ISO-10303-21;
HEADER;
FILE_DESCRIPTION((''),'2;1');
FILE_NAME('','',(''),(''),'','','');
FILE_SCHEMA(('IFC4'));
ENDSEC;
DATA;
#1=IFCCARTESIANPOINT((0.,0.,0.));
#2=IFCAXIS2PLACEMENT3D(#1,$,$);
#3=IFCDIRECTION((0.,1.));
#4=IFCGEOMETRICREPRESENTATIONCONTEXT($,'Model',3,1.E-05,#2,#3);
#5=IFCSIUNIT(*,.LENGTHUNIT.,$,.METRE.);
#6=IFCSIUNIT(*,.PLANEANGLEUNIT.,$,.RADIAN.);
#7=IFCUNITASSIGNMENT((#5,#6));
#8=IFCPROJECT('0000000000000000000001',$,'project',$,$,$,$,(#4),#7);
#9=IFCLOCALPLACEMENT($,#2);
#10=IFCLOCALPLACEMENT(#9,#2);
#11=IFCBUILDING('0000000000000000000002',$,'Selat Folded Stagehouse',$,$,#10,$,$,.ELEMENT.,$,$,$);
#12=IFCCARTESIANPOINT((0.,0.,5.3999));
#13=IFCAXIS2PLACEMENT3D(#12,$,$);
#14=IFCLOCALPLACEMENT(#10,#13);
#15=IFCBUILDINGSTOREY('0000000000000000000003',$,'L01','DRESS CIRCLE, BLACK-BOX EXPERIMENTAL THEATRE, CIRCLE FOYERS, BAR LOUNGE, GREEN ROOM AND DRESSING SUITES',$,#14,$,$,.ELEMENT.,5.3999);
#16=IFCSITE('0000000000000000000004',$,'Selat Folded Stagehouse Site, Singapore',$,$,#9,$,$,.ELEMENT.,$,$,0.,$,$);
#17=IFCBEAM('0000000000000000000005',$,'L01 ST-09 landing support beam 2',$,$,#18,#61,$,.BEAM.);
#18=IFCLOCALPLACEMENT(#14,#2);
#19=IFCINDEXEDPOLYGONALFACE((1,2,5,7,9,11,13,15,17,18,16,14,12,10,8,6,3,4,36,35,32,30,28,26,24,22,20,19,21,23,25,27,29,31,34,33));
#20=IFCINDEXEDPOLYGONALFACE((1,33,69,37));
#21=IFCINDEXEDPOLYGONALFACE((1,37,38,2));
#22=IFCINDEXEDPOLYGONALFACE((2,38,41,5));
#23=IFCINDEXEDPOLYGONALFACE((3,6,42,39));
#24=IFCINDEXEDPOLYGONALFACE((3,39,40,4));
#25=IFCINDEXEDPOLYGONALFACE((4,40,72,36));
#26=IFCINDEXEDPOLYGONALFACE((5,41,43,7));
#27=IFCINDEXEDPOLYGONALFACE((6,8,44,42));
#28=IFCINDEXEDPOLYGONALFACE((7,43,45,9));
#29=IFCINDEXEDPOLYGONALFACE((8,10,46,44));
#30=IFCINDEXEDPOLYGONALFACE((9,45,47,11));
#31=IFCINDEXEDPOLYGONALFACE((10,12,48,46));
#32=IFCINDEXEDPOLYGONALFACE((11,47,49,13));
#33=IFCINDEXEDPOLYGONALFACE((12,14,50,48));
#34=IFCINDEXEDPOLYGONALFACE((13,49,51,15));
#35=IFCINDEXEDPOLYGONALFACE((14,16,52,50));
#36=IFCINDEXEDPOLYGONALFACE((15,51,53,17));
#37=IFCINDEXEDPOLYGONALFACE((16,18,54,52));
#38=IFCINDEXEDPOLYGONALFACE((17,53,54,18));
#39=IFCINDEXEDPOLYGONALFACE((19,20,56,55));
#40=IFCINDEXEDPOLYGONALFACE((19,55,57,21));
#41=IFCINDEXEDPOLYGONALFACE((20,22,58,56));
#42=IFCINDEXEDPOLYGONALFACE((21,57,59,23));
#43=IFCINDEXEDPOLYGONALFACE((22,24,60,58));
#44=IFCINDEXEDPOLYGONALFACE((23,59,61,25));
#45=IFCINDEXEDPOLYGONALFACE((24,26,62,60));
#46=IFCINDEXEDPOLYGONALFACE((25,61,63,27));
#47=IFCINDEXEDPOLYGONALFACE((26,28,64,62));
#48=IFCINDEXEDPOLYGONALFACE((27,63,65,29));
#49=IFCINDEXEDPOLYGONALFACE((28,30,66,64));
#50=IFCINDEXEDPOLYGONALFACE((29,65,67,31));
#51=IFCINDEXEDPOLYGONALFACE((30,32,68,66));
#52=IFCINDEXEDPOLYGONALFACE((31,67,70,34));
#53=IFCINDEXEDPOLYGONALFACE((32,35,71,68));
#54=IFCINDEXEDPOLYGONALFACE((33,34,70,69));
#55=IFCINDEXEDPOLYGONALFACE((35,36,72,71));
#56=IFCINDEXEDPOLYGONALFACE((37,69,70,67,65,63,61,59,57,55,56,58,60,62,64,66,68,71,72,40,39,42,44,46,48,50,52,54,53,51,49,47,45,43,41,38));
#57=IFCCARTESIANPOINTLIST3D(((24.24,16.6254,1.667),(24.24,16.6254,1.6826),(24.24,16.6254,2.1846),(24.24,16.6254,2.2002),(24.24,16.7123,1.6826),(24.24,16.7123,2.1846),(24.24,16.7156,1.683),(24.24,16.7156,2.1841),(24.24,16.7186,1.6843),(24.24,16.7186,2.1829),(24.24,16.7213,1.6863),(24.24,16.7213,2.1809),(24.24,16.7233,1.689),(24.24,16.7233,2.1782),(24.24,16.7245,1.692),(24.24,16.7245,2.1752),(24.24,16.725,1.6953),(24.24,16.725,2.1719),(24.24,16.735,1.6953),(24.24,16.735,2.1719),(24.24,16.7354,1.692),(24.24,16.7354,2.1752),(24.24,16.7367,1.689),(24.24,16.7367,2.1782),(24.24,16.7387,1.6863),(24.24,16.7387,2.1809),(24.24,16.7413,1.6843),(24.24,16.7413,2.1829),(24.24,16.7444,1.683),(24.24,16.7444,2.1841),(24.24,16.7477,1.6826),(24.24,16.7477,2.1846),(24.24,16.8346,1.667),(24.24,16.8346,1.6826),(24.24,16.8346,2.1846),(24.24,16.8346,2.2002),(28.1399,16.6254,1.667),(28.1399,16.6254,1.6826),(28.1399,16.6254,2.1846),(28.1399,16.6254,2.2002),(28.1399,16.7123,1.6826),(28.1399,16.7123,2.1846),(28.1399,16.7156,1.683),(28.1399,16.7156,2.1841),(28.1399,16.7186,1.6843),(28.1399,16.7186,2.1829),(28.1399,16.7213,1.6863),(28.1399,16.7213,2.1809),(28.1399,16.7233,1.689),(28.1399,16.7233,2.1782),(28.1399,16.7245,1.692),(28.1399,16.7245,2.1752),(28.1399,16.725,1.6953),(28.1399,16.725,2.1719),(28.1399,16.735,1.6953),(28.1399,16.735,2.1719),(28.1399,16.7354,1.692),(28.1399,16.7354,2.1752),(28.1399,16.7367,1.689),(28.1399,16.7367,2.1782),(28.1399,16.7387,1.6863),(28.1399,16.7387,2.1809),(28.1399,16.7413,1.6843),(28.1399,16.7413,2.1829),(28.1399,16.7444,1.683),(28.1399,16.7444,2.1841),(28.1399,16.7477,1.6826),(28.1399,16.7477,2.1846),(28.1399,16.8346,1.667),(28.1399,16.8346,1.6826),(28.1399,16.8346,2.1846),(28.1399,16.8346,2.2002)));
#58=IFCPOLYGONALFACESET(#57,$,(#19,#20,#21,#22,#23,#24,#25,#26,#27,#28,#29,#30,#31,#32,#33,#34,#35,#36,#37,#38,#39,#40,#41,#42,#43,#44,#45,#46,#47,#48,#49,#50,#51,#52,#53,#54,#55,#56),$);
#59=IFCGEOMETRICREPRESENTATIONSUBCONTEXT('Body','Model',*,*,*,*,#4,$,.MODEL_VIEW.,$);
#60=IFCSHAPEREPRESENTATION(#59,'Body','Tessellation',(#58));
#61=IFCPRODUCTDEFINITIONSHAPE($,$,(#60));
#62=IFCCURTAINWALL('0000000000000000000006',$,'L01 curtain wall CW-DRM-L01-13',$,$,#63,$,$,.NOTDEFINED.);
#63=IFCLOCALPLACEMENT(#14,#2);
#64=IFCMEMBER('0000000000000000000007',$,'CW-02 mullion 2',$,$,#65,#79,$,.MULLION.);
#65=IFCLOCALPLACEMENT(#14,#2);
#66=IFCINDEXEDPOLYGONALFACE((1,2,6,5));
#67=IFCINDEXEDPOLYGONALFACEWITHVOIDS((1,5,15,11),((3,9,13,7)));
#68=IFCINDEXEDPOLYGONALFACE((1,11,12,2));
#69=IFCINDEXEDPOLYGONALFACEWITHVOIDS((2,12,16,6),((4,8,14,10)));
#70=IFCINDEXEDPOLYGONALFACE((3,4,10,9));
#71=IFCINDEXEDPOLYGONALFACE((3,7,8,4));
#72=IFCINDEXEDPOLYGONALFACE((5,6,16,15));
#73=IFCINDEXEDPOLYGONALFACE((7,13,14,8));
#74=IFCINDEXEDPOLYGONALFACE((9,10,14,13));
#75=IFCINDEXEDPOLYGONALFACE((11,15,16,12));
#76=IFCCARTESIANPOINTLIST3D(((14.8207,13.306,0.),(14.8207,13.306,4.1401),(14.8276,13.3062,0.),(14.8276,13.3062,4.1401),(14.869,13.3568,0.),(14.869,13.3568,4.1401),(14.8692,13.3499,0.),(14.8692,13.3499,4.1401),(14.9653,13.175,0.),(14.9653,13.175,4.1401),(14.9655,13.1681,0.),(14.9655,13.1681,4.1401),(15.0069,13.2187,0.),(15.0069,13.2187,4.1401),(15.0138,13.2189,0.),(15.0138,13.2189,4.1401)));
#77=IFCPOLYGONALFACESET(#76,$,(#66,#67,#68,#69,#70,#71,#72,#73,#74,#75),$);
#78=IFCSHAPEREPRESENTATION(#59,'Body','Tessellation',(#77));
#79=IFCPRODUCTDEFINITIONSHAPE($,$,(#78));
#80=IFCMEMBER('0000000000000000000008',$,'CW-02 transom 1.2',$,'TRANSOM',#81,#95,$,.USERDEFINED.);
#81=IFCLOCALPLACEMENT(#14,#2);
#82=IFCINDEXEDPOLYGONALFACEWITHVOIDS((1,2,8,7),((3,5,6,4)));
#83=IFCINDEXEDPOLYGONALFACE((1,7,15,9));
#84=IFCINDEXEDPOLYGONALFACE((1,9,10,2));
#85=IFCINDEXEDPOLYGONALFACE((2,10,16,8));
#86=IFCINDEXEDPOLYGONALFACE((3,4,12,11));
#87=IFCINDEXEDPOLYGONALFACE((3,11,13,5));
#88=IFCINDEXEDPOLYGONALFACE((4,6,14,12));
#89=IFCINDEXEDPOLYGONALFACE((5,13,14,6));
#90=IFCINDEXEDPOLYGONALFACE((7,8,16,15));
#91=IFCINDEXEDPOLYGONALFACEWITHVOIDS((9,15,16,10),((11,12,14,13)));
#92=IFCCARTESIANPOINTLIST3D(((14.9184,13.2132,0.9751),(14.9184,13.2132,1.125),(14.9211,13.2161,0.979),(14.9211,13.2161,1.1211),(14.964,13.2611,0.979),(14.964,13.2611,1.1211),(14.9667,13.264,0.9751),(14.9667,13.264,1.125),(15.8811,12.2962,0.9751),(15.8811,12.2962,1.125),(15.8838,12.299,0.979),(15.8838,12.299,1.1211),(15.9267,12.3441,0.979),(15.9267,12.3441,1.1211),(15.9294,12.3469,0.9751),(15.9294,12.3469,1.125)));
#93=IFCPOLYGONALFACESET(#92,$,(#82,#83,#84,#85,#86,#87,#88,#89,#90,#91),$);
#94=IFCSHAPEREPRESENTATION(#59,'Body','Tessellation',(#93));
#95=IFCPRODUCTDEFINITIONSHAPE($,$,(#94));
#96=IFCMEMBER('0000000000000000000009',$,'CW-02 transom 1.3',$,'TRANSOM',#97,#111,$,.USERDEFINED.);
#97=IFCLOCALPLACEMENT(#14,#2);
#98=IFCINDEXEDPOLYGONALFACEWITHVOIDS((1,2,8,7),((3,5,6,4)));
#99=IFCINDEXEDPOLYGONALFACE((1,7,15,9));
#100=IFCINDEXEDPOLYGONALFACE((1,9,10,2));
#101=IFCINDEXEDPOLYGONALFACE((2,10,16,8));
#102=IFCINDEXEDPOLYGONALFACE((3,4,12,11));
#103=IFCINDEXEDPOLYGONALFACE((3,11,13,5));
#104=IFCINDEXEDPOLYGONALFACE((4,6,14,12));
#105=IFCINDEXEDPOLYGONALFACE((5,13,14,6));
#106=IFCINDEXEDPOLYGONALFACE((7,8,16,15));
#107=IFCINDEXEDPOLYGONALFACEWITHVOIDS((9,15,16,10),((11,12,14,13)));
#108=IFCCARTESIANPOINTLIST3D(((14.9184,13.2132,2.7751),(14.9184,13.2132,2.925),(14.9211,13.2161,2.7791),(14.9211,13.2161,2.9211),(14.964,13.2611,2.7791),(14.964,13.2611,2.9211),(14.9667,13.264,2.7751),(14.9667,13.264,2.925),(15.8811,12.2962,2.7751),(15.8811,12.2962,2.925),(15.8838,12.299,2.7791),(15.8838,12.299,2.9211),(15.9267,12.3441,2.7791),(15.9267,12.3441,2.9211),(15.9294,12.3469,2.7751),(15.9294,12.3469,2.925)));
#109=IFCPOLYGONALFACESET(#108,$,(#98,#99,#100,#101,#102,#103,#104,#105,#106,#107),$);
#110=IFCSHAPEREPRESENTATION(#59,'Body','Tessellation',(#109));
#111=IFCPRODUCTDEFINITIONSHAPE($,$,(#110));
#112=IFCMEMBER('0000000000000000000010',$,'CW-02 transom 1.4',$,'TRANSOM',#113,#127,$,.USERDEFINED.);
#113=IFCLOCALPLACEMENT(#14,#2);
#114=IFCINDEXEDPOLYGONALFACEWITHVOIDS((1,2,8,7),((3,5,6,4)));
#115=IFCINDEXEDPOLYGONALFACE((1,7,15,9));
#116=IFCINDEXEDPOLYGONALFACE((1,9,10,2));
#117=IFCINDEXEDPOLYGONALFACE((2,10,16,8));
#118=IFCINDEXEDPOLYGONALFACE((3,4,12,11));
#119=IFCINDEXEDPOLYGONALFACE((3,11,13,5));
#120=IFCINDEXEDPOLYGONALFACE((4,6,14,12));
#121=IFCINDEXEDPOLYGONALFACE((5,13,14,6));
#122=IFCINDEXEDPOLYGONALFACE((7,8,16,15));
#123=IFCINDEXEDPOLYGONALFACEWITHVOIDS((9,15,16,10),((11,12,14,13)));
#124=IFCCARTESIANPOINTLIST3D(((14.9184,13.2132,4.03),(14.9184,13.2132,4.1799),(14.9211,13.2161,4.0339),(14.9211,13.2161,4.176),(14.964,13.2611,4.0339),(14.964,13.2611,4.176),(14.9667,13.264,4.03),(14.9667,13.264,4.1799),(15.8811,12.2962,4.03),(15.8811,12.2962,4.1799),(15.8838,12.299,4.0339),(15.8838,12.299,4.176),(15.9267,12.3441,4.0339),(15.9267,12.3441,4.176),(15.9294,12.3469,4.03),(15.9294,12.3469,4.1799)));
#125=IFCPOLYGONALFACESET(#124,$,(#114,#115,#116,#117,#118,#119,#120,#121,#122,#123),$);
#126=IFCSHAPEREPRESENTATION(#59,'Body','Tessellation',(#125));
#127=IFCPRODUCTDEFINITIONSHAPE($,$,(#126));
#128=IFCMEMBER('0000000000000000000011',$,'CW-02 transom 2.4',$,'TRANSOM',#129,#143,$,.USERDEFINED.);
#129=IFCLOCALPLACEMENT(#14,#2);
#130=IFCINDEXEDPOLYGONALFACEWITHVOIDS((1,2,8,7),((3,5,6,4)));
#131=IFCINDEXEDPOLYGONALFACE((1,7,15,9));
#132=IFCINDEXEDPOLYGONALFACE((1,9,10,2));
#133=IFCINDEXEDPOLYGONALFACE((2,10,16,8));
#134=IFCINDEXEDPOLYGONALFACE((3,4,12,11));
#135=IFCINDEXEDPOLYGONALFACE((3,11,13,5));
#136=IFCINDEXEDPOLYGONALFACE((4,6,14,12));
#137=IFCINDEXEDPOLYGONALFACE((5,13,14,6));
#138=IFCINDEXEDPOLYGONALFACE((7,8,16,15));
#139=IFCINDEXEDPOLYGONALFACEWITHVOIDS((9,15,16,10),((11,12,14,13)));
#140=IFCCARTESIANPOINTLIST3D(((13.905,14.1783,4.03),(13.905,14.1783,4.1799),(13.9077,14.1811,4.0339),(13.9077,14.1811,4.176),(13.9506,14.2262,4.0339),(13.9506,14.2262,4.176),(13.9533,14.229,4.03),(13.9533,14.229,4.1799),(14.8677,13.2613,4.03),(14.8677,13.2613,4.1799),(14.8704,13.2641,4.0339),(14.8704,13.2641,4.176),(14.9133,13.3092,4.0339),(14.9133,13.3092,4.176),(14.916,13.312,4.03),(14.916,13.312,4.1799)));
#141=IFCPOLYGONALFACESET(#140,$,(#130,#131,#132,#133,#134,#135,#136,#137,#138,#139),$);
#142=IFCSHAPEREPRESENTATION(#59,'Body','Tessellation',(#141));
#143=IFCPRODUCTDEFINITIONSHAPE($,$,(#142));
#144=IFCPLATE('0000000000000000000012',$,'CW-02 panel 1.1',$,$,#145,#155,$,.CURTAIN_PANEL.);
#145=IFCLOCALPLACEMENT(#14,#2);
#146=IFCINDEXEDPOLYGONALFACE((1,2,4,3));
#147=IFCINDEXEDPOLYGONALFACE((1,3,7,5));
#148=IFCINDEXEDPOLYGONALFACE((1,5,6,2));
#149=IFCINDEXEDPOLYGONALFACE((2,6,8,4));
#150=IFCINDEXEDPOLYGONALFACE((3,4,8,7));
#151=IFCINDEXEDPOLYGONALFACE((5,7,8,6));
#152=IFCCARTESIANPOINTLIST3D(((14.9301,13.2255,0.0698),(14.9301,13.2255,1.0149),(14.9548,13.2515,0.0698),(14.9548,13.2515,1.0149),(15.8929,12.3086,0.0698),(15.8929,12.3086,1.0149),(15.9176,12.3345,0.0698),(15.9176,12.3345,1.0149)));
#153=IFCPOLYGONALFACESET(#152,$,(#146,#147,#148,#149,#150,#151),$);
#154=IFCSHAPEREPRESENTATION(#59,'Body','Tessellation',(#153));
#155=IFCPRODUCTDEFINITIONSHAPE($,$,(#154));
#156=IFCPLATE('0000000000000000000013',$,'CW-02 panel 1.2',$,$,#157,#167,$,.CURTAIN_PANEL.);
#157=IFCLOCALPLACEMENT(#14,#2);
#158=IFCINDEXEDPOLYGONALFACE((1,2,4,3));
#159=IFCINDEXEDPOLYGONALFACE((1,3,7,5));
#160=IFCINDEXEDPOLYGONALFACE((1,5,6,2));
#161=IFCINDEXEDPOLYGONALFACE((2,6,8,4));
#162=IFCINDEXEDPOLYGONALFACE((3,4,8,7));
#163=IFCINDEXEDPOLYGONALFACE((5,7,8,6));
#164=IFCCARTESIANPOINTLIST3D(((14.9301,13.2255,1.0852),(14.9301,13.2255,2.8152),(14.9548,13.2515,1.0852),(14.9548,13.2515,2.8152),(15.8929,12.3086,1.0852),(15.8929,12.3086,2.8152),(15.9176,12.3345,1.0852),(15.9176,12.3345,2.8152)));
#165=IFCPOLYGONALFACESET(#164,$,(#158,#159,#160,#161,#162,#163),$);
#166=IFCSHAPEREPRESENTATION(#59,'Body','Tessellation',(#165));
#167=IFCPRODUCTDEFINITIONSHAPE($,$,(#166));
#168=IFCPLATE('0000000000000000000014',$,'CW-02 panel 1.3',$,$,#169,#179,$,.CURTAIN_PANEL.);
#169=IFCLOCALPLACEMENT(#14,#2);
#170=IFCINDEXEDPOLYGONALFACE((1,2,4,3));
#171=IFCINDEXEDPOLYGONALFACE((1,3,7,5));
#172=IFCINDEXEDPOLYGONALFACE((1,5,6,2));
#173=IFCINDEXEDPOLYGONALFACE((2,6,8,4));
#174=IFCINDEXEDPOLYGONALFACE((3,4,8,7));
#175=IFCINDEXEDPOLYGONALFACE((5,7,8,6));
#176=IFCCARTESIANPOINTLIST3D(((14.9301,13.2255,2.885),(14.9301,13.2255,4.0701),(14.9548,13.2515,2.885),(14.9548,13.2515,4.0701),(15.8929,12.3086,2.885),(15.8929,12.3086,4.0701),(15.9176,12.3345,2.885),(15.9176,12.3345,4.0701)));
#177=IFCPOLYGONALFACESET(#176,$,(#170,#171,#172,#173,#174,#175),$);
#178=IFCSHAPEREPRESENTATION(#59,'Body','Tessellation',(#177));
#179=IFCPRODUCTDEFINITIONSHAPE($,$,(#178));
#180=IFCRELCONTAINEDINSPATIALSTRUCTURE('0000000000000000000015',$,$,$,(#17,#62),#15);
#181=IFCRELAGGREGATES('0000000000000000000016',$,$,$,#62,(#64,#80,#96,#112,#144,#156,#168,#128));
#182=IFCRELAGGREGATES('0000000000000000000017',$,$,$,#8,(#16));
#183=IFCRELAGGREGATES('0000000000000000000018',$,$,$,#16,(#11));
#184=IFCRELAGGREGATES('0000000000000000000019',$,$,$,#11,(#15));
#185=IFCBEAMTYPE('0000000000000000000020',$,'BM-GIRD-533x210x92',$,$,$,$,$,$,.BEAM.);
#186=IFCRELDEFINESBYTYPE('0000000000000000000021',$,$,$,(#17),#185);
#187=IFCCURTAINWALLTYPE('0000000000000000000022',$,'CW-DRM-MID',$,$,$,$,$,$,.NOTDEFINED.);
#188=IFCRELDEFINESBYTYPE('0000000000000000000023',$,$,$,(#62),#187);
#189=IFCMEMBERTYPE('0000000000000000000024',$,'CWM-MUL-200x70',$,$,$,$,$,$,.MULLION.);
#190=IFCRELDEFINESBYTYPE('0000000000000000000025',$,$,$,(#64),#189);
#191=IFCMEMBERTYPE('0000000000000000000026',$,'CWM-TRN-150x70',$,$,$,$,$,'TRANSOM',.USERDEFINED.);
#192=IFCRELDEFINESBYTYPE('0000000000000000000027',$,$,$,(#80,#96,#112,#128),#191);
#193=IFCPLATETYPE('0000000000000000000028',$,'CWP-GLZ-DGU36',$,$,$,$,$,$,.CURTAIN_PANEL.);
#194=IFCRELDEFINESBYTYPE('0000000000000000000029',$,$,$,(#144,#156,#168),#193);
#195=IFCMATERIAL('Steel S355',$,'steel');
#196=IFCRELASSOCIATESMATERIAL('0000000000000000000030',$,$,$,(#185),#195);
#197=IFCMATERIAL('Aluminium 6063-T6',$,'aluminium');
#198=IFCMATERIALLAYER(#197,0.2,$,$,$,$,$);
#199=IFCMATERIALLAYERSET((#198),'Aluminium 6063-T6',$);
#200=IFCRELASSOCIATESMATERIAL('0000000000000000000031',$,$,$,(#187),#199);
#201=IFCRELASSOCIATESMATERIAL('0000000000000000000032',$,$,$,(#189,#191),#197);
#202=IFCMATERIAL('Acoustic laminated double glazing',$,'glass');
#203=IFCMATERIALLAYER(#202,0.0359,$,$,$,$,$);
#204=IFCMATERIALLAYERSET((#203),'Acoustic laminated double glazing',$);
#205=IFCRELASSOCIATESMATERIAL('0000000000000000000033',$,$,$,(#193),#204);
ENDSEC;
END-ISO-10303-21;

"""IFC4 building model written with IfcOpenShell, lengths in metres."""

from ifc_helpers import new_model, si_unit, direction, frame, origin, origin_2d, place, context, subcontext, project, spatial, rectangle, hollow_rectangle, i_section, extrude, material, layer, layer_set, material_profile, profile_set, type_object, element, aggregate, save


model = new_model("IFC4")

# Units and contexts
model_context = context("Model", 3, precision=1e-05, world=origin(), true_north=direction((0.0, 1.0)))
body_context = subcontext(model_context, "Body", "Model", "MODEL_VIEW")
ifc_project = project(units=[si_unit("LENGTHUNIT", "METRE"), si_unit("PLANEANGLEUNIT", "RADIAN")], contexts=[model_context])

# Site, building, storey
site_placement = place(None, origin())
site = spatial("IfcSite", under=ifc_project, at=site_placement, Name="Selat Folded Stagehouse Site, Singapore", CompositionType="ELEMENT", RefElevation=0.0)
building_placement = place(site_placement, origin())
building = spatial("IfcBuilding", under=site, at=building_placement, Name="Selat Folded Stagehouse", CompositionType="ELEMENT")
storey_placement = place(building_placement, frame((0.0, 0.0, 5.3999)))
storey = spatial("IfcBuildingStorey", under=building, at=storey_placement, Name="L01", Description="DRESS CIRCLE, BLACK-BOX EXPERIMENTAL THEATRE, CIRCLE FOYERS, BAR LOUNGE, GREEN ROOM AND DRESSING SUITES", CompositionType="ELEMENT", Elevation=5.3999)

# Shared definitions
ifc_material_1 = material(Name="Steel S355", Category="steel")

# Beam
ifc_material_profile_1 = material_profile(ifc_material_1, i_section(OverallWidth=0.2092, OverallDepth=0.5332, WebThickness=0.01, FlangeThickness=0.0156, FilletRadius=0.0127, at=origin_2d()), Name="UKB 533x210x92")
ifc_profile_set_1 = profile_set([ifc_material_profile_1], Name="Steel S355")
beam_type = type_object("IfcBeamType", Name="BM-GIRD-533x210x92", PredefinedType="BEAM", material=ifc_profile_set_1)
for number, where, z_axis, x_axis, name in (
    (1, (24.24, 16.73, 1.9336), (1.0, 0.0, 0.0), (0.0, 1.0, 0.0), "L01 ST-09 landing support beam 2"),
):
    element("IfcBeam", number, at=place(storey_placement, frame(where, z_axis=z_axis, x_axis=x_axis)), inside=storey, type_object=beam_type, Name=name, PredefinedType="BEAM", context=body_context, shape_type="SweptSolid", body=[
        extrude(i_section(OverallWidth=0.2092, OverallDepth=0.5332, WebThickness=0.01, FlangeThickness=0.0156, FilletRadius=0.0127, at=origin_2d()), origin(), (0.0, 0.0, 1.0), 3.8999),
    ])

# Curtain wall, members, plates
ifc_material_2 = material(Name="Aluminium 6063-T6", Category="aluminium")
ifc_layer_1 = layer(ifc_material_2, 0.2)
ifc_layer_set_1 = layer_set([ifc_layer_1], Name="Aluminium 6063-T6")
curtain_wall_type = type_object("IfcCurtainWallType", Name="CW-DRM-MID", PredefinedType="NOTDEFINED", material=ifc_layer_set_1)
curtain_wall_placement = place(storey_placement, origin())
curtain_wall = element("IfcCurtainWall", 2, at=curtain_wall_placement, inside=storey, type_object=curtain_wall_type, Name="L01 curtain wall CW-DRM-L01-13", PredefinedType="NOTDEFINED")
ifc_material_profile_2 = material_profile(ifc_material_2, hollow_rectangle(XDim=0.0701, YDim=0.2, WallThickness=0.0049, at=origin_2d()), Name="ALU 200x70x5.0")
ifc_profile_set_2 = profile_set([ifc_material_profile_2], Name="Aluminium 6063-T6")
member_type_1 = type_object("IfcMemberType", Name="CWM-MUL-200x70", PredefinedType="MULLION", material=ifc_profile_set_2)
member_1_placement = place(storey_placement, frame((14.9172, 13.2625, 0.0), z_axis=(0.0, 0.0, 1.0), x_axis=(-0.689661, -0.724132, 0.0)))
member_1 = element("IfcMember", 3, at=member_1_placement, type_object=member_type_1, Name="CW-02 mullion 2", PredefinedType="MULLION", context=body_context, shape_type="SweptSolid", body=[
    extrude(hollow_rectangle(XDim=0.0701, YDim=0.2, WallThickness=0.0049, at=origin_2d()), origin(), (0.0, 0.0, 1.0), 4.1401),
])
ifc_material_profile_3 = material_profile(ifc_material_2, hollow_rectangle(XDim=0.0701, YDim=0.1499, WallThickness=0.0039, at=origin_2d()), Name="ALU 150x70x4.0")
ifc_profile_set_3 = profile_set([ifc_material_profile_3], Name="Aluminium 6063-T6")
member_type_2 = type_object("IfcMemberType", Name="CWM-TRN-150x70", ElementType="TRANSOM", PredefinedType="USERDEFINED", material=ifc_profile_set_3)
member_2_placement = place(storey_placement, frame((15.9053, 12.3215, 1.05), z_axis=(-0.724068, 0.689729, 0.0), x_axis=(-0.689729, -0.724068, 0.0)))
member_2 = element("IfcMember", 4, at=member_2_placement, type_object=member_type_2, Name="CW-02 transom 1.2", ObjectType="TRANSOM", PredefinedType="USERDEFINED", context=body_context, shape_type="SweptSolid", body=[
    extrude(hollow_rectangle(XDim=0.0701, YDim=0.1499, WallThickness=0.0039, at=origin_2d()), origin(), (0.0, 0.0, 1.0), 1.3296),
])
member_3_placement = place(storey_placement, frame((15.9053, 12.3215, 2.8501), z_axis=(-0.724068, 0.689729, 0.0), x_axis=(-0.689729, -0.724068, 0.0)))
member_3 = element("IfcMember", 5, at=member_3_placement, type_object=member_type_2, Name="CW-02 transom 1.3", ObjectType="TRANSOM", PredefinedType="USERDEFINED", context=body_context, shape_type="SweptSolid", body=[
    extrude(hollow_rectangle(XDim=0.0701, YDim=0.1499, WallThickness=0.0039, at=origin_2d()), origin(), (0.0, 0.0, 1.0), 1.3296),
])
member_4_placement = place(storey_placement, frame((15.9053, 12.3215, 4.105), z_axis=(-0.724068, 0.689729, 0.0), x_axis=(-0.689729, -0.724068, 0.0)))
member_4 = element("IfcMember", 6, at=member_4_placement, type_object=member_type_2, Name="CW-02 transom 1.4", ObjectType="TRANSOM", PredefinedType="USERDEFINED", context=body_context, shape_type="SweptSolid", body=[
    extrude(hollow_rectangle(XDim=0.0701, YDim=0.1499, WallThickness=0.0039, at=origin_2d()), origin(), (0.0, 0.0, 1.0), 1.3296),
])
member_5_placement = place(storey_placement, frame((14.8918, 13.2866, 4.105), z_axis=(-0.724068, 0.689729, 0.0), x_axis=(-0.689729, -0.724068, 0.0)))
member_5 = element("IfcMember", 7, at=member_5_placement, type_object=member_type_2, Name="CW-02 transom 2.4", ObjectType="TRANSOM", PredefinedType="USERDEFINED", context=body_context, shape_type="SweptSolid", body=[
    extrude(hollow_rectangle(XDim=0.0701, YDim=0.1499, WallThickness=0.0039, at=origin_2d()), origin(), (0.0, 0.0, 1.0), 1.3296),
])
ifc_material_3 = material(Name="Acoustic laminated double glazing", Category="glass")
ifc_layer_2 = layer(ifc_material_3, 0.0359)
ifc_layer_set_2 = layer_set([ifc_layer_2], Name="Acoustic laminated double glazing")
plate_type = type_object("IfcPlateType", Name="CWP-GLZ-DGU36", PredefinedType="CURTAIN_PANEL", material=ifc_layer_set_2)
plate_1_placement = place(storey_placement, frame((15.4238, 12.78, 0.0698), z_axis=(0.0, 0.0, 1.0), x_axis=(-0.724132, 0.689661, 0.0)))
plate_1 = element("IfcPlate", 8, at=plate_1_placement, type_object=plate_type, Name="CW-02 panel 1.1", PredefinedType="CURTAIN_PANEL", context=body_context, shape_type="SweptSolid", body=[
    extrude(rectangle(XDim=1.3296, YDim=0.0359, at=origin_2d()), origin(), (0.0, 0.0, 1.0), 0.9451),
])
plate_2_placement = place(storey_placement, frame((15.4238, 12.78, 1.0852), z_axis=(0.0, 0.0, 1.0), x_axis=(-0.724132, 0.689661, 0.0)))
plate_2 = element("IfcPlate", 9, at=plate_2_placement, type_object=plate_type, Name="CW-02 panel 1.2", PredefinedType="CURTAIN_PANEL", context=body_context, shape_type="SweptSolid", body=[
    extrude(rectangle(XDim=1.3296, YDim=0.0359, at=origin_2d()), origin(), (0.0, 0.0, 1.0), 1.73),
])
plate_3_placement = place(storey_placement, frame((15.4238, 12.78, 2.885), z_axis=(0.0, 0.0, 1.0), x_axis=(-0.724132, 0.689661, 0.0)))
plate_3 = element("IfcPlate", 10, at=plate_3_placement, type_object=plate_type, Name="CW-02 panel 1.3", PredefinedType="CURTAIN_PANEL", context=body_context, shape_type="SweptSolid", body=[
    extrude(rectangle(XDim=1.3296, YDim=0.0359, at=origin_2d()), origin(), (0.0, 0.0, 1.0), 1.1851),
])
aggregate(curtain_wall, [member_1, member_2, member_3, member_4, plate_1, plate_2, plate_3, member_5])

save(model, "model.ifc")
